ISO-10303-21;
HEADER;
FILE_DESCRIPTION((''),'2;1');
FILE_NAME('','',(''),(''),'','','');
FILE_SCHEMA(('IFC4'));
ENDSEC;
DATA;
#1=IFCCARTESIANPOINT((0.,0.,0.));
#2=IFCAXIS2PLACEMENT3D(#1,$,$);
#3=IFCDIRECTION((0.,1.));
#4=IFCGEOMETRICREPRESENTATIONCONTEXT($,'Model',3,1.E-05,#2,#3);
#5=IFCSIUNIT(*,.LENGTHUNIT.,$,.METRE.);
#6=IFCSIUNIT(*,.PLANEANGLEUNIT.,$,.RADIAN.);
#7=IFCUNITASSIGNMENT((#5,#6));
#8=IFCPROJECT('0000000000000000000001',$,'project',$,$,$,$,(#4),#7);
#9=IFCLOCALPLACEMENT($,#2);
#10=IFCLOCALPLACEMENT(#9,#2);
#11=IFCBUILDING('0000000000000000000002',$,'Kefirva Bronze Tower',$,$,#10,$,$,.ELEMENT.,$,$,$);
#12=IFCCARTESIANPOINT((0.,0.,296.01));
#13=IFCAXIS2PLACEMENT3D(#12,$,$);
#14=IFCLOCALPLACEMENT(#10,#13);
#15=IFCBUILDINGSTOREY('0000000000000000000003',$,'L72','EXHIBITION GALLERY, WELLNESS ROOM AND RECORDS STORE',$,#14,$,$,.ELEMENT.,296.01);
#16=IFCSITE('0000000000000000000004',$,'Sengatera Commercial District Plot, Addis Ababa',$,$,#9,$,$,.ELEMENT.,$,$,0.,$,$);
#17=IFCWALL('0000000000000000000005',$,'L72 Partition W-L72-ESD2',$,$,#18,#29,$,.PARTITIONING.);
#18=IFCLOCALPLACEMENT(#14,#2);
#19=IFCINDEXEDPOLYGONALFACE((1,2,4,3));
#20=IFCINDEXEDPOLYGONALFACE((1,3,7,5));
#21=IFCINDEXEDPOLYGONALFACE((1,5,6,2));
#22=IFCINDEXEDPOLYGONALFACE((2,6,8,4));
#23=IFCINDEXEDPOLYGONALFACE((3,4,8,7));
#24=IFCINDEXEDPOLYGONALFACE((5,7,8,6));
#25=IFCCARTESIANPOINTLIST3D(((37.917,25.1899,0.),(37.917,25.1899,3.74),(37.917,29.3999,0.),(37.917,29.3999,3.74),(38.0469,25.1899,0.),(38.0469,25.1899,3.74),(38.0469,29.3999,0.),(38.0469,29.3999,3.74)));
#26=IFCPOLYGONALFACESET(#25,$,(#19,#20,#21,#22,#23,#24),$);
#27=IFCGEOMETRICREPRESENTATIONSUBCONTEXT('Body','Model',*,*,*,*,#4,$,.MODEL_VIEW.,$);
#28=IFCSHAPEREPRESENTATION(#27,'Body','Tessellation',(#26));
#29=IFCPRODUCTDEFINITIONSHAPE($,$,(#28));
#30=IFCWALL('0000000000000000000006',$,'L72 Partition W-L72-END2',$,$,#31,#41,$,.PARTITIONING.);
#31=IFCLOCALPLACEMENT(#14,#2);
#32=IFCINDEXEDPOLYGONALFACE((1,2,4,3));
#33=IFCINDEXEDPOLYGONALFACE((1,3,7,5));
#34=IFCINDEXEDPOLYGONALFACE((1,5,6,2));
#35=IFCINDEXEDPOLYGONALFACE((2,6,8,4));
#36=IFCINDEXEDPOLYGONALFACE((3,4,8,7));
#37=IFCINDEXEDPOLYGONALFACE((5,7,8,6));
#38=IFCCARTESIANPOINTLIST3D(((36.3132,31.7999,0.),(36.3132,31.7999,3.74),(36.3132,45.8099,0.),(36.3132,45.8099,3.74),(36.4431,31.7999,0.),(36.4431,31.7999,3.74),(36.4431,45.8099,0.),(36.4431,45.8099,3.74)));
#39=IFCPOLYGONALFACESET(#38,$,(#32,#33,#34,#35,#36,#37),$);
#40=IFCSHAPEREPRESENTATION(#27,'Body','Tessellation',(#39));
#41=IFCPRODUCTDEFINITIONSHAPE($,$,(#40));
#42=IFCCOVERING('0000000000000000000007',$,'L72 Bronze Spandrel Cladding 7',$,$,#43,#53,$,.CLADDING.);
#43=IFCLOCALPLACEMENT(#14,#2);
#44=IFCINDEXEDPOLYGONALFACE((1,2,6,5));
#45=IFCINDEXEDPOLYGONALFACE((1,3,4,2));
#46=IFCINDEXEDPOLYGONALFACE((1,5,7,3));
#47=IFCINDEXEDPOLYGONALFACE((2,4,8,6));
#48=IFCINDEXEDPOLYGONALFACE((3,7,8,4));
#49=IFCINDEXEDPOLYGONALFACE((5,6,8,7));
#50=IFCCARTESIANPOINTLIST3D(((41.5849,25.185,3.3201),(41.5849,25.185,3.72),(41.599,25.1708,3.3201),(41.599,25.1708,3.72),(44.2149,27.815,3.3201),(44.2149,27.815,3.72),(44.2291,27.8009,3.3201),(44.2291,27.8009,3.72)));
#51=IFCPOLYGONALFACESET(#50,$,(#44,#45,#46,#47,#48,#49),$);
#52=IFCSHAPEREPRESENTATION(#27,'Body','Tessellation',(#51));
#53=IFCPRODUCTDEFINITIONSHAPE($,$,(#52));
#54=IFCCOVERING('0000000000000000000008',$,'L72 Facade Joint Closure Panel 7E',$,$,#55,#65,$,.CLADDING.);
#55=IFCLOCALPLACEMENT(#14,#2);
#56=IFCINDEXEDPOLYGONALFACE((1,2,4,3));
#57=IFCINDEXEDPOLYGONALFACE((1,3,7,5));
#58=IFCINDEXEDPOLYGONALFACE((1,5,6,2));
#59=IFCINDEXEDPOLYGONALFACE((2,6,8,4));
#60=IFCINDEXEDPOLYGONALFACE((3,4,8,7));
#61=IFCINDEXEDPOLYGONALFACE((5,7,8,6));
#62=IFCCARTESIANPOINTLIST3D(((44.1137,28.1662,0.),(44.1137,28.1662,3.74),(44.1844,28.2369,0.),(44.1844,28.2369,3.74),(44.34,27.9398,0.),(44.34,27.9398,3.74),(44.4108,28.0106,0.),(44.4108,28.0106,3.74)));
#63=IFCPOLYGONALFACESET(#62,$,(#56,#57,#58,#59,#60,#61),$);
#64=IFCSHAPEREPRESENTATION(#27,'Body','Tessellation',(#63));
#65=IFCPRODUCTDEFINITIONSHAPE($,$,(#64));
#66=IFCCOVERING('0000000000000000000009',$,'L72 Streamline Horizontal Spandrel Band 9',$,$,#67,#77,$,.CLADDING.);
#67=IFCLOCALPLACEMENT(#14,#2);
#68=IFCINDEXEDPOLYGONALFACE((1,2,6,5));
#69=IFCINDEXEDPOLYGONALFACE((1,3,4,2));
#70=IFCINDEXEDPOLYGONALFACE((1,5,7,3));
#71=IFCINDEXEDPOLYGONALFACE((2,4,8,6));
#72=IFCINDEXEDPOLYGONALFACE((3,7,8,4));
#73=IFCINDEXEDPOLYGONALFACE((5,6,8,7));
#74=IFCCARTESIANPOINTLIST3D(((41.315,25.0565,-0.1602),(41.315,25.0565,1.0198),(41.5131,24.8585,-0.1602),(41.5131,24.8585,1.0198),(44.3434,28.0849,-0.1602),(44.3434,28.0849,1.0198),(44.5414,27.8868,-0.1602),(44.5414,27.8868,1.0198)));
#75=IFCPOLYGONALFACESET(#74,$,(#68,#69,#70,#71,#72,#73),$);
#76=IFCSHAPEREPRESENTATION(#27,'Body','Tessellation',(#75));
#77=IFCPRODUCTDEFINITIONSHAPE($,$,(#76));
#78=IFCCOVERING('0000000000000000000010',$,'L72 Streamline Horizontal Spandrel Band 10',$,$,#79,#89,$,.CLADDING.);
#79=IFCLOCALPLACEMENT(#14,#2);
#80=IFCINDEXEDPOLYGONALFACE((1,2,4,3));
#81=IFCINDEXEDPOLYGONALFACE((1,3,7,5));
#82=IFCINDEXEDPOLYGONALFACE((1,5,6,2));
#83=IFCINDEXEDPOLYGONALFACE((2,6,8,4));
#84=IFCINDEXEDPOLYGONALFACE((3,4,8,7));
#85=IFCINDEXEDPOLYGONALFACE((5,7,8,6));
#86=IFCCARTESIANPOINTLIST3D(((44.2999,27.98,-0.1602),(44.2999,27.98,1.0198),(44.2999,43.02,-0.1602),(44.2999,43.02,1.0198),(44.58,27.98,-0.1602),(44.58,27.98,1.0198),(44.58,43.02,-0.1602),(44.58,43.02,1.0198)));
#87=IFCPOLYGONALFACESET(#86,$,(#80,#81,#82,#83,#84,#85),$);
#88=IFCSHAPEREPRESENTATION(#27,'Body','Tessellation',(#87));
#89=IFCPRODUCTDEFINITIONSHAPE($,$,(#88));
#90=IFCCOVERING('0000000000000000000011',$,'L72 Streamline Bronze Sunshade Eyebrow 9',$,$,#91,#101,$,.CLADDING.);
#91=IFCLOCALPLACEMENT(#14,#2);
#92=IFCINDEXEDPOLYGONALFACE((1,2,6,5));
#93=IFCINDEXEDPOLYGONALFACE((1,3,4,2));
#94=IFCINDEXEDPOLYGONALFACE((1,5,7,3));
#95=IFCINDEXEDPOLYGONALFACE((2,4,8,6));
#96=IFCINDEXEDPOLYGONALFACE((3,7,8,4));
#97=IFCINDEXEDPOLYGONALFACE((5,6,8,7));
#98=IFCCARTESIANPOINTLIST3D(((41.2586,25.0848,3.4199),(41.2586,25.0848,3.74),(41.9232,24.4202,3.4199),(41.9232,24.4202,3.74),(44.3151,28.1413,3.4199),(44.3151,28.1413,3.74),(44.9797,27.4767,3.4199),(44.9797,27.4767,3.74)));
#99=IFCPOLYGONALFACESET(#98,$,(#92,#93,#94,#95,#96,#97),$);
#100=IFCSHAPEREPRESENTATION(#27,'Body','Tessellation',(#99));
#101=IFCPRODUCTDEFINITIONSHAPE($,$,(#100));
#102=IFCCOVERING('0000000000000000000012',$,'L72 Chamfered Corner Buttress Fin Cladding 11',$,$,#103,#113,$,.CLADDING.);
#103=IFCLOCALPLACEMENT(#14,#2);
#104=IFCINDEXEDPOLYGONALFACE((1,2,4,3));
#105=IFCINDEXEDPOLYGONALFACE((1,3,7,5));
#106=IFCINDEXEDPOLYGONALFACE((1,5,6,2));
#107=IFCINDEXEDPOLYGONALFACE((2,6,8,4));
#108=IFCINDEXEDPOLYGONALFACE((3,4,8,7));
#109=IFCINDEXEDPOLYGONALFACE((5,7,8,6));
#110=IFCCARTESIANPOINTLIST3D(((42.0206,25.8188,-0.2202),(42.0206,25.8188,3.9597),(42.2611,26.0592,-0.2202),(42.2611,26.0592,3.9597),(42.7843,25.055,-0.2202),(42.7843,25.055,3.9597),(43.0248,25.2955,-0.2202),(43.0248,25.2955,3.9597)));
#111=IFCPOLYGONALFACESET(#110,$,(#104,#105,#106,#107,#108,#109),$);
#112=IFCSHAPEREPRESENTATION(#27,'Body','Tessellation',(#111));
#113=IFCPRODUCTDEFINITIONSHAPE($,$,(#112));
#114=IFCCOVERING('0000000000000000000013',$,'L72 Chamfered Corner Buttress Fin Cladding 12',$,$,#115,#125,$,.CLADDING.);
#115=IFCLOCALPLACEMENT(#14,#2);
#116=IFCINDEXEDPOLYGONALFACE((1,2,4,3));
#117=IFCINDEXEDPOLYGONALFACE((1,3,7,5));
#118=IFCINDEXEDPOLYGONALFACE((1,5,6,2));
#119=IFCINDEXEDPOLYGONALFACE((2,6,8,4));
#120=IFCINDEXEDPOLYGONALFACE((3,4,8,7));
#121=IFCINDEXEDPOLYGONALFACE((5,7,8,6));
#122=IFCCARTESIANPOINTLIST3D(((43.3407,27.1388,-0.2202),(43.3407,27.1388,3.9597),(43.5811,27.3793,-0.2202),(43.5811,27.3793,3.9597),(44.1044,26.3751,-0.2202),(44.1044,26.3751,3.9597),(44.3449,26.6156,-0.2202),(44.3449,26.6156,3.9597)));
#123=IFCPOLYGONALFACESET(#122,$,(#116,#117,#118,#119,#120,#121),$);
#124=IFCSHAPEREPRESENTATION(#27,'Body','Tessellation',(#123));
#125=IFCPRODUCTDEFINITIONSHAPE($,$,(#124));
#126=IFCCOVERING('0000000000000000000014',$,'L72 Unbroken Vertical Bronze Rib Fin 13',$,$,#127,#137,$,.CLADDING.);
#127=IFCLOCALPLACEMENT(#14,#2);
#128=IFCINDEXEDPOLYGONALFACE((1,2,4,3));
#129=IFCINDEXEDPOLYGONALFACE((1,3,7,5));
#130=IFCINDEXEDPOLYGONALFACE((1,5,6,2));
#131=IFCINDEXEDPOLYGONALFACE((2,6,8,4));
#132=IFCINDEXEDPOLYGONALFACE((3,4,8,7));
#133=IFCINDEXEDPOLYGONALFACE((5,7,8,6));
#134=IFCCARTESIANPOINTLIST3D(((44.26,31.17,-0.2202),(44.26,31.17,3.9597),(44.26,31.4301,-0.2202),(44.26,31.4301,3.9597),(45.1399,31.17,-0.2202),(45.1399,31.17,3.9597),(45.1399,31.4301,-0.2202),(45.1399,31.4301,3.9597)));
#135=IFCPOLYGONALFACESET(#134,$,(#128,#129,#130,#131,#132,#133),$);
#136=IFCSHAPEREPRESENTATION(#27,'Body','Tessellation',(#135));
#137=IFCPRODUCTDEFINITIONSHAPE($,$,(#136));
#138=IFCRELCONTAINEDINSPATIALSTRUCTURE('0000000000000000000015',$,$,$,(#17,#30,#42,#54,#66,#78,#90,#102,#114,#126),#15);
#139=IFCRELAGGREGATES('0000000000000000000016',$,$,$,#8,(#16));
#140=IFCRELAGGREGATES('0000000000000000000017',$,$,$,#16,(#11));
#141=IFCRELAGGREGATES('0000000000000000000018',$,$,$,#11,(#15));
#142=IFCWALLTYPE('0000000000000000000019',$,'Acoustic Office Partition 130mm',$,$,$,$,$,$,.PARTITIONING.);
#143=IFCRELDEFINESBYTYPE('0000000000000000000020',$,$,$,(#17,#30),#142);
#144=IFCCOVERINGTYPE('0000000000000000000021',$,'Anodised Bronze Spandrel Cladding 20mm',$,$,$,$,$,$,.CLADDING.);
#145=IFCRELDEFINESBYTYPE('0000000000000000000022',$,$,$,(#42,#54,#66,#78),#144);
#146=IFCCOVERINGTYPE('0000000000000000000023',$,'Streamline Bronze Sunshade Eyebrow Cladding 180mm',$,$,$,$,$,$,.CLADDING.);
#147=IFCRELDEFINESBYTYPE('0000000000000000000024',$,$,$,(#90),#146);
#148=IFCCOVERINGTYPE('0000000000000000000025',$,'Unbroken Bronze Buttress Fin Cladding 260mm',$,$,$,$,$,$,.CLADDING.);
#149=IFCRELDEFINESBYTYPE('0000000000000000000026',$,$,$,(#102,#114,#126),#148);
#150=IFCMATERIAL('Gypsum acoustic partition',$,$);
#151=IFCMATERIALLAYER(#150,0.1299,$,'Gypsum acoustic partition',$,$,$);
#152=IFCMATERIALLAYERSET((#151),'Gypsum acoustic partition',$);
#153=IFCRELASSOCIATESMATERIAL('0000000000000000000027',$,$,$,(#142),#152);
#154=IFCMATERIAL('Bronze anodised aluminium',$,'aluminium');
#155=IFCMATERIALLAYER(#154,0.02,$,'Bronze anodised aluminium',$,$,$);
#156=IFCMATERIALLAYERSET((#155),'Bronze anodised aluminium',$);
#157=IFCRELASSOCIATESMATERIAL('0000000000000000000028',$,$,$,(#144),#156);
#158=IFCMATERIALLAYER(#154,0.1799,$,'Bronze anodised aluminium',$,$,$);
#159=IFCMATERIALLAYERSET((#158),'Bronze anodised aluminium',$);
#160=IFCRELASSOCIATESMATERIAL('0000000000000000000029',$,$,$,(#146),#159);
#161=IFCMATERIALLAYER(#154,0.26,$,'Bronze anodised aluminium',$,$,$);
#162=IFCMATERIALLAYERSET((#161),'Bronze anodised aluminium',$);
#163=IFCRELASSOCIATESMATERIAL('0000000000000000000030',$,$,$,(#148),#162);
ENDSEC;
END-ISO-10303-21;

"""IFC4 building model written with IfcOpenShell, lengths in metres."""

from ifc_helpers import new_model, si_unit, direction, frame, frame_2d, origin, origin_2d, place, context, subcontext, project, spatial, rectangle, extrude, material, layer, layer_set, type_object, element, save


model = new_model("IFC4")

# Units and contexts
model_context = context("Model", 3, precision=1e-05, world=origin(), true_north=direction((0.0, 1.0)))
body_context = subcontext(model_context, "Body", "Model", "MODEL_VIEW")
ifc_project = project(units=[si_unit("LENGTHUNIT", "METRE"), si_unit("PLANEANGLEUNIT", "RADIAN")], contexts=[model_context])

# Site, building, storey
site_placement = place(None, origin())
site = spatial("IfcSite", under=ifc_project, at=site_placement, Name="Sengatera Commercial District Plot, Addis Ababa", CompositionType="ELEMENT", RefElevation=0.0)
building_placement = place(site_placement, origin())
building = spatial("IfcBuilding", under=site, at=building_placement, Name="Kefirva Bronze Tower", CompositionType="ELEMENT")
storey_placement = place(building_placement, frame((0.0, 0.0, 296.01)))
storey = spatial("IfcBuildingStorey", under=building, at=storey_placement, Name="L72", Description="EXHIBITION GALLERY, WELLNESS ROOM AND RECORDS STORE", CompositionType="ELEMENT", Elevation=296.01)

# Shared definitions
ifc_material_1 = material(Name="Bronze anodised aluminium", Category="aluminium")

# Walls
ifc_material_2 = material(Name="Gypsum acoustic partition")
ifc_layer_1 = layer(ifc_material_2, 0.1299, Name="Gypsum acoustic partition")
ifc_layer_set_1 = layer_set([ifc_layer_1], Name="Gypsum acoustic partition")
wall_type = type_object("IfcWallType", Name="Acoustic Office Partition 130mm", PredefinedType="PARTITIONING", material=ifc_layer_set_1)
wall_1_placement = place(storey_placement, frame((37.9819, 25.1899, 0.0), z_axis=(0.0, 0.0, 1.0), x_axis=(0.0, 1.0, 0.0)))
element("IfcWall", 1, at=wall_1_placement, inside=storey, type_object=wall_type, Name="L72 Partition W-L72-ESD2", PredefinedType="PARTITIONING", context=body_context, shape_type="SweptSolid", body=[
    extrude(rectangle(XDim=4.21, YDim=0.1299, at=frame_2d((2.105, 0.0))), origin(), (0.0, 0.0, 1.0), 3.74),
])
wall_2_placement = place(storey_placement, frame((36.3782, 31.8, 0.0), z_axis=(0.0, 0.0, 1.0), x_axis=(0.0, 1.0, 0.0)))
element("IfcWall", 2, at=wall_2_placement, inside=storey, type_object=wall_type, Name="L72 Partition W-L72-END2", PredefinedType="PARTITIONING", context=body_context, shape_type="SweptSolid", body=[
    extrude(rectangle(XDim=14.01, YDim=0.1299, at=frame_2d((7.0049, 0.0))), origin(), (0.0, 0.0, 1.0), 3.74),
])

# Coverings
ifc_layer_2 = layer(ifc_material_1, 0.02, Name="Bronze anodised aluminium")
ifc_layer_set_2 = layer_set([ifc_layer_2], Name="Bronze anodised aluminium")
covering_type_1 = type_object("IfcCoveringType", Name="Anodised Bronze Spandrel Cladding 20mm", PredefinedType="CLADDING", material=ifc_layer_set_2)
covering_1_placement = place(storey_placement, frame((42.907, 26.4929, 3.3201), z_axis=(0.0, 0.0, 1.0), x_axis=(0.707107, 0.707107, 0.0)))
element("IfcCovering", 3, at=covering_1_placement, inside=storey, type_object=covering_type_1, Name="L72 Bronze Spandrel Cladding 7", PredefinedType="CLADDING", context=body_context, shape_type="SweptSolid", body=[
    extrude(rectangle(XDim=3.7195, YDim=0.02, at=origin_2d()), origin(), (0.0, 0.0, 1.0), 0.3999),
])
covering_2_placement = place(storey_placement, frame((44.2622, 28.0884, 0.0), z_axis=(0.0, 0.0, 1.0), x_axis=(0.707107, 0.707107, 0.0)))
element("IfcCovering", 4, at=covering_2_placement, inside=storey, type_object=covering_type_1, Name="L72 Facade Joint Closure Panel 7E", PredefinedType="CLADDING", context=body_context, shape_type="SweptSolid", body=[
    extrude(rectangle(XDim=0.1001, YDim=0.3201, at=origin_2d()), origin(), (0.0, 0.0, 1.0), 3.74),
])
covering_3_placement = place(storey_placement, frame((42.9282, 26.4717, -0.1602), z_axis=(0.0, 0.0, 1.0), x_axis=(0.707107, 0.707107, 0.0)))
element("IfcCovering", 5, at=covering_3_placement, inside=storey, type_object=covering_type_1, Name="L72 Streamline Horizontal Spandrel Band 9", PredefinedType="CLADDING", context=body_context, shape_type="SweptSolid", body=[
    extrude(rectangle(XDim=4.2827, YDim=0.28, at=origin_2d()), origin(), (0.0, 0.0, 1.0), 1.1799),
])
covering_4_placement = place(storey_placement, frame((44.4399, 35.5, -0.1602), z_axis=(0.0, 0.0, 1.0), x_axis=(0.0, 1.0, 0.0)))
element("IfcCovering", 6, at=covering_4_placement, inside=storey, type_object=covering_type_1, Name="L72 Streamline Horizontal Spandrel Band 10", PredefinedType="CLADDING", context=body_context, shape_type="SweptSolid", body=[
    extrude(rectangle(XDim=15.04, YDim=0.28, at=origin_2d()), origin(), (0.0, 0.0, 1.0), 1.1799),
])
ifc_layer_3 = layer(ifc_material_1, 0.1799, Name="Bronze anodised aluminium")
ifc_layer_set_3 = layer_set([ifc_layer_3], Name="Bronze anodised aluminium")
covering_type_2 = type_object("IfcCoveringType", Name="Streamline Bronze Sunshade Eyebrow Cladding 180mm", PredefinedType="CLADDING", material=ifc_layer_set_3)
covering_5_placement = place(storey_placement, frame((43.1191, 26.2808, 3.4199), z_axis=(0.0, 0.0, 1.0), x_axis=(0.707107, 0.707107, 0.0)))
element("IfcCovering", 7, at=covering_5_placement, inside=storey, type_object=covering_type_2, Name="L72 Streamline Bronze Sunshade Eyebrow 9", PredefinedType="CLADDING", context=body_context, shape_type="SweptSolid", body=[
    extrude(rectangle(XDim=4.3225, YDim=0.9399, at=origin_2d()), origin(), (0.0, 0.0, 1.0), 0.3201),
])
ifc_layer_4 = layer(ifc_material_1, 0.26, Name="Bronze anodised aluminium")
ifc_layer_set_4 = layer_set([ifc_layer_4], Name="Bronze anodised aluminium")
covering_type_3 = type_object("IfcCoveringType", Name="Unbroken Bronze Buttress Fin Cladding 260mm", PredefinedType="CLADDING", material=ifc_layer_set_4)
for number, where, z_axis, x_axis, name in (
    (8, (42.5227, 25.5571, -0.2202), (0.0, 0.0, 1.0), (0.707107, 0.707107, 0.0), "L72 Chamfered Corner Buttress Fin Cladding 11"),
    (9, (43.8428, 26.8772, -0.2202), (0.0, 0.0, 1.0), (0.707107, 0.707107, 0.0), "L72 Chamfered Corner Buttress Fin Cladding 12"),
):
    element("IfcCovering", number, at=place(storey_placement, frame(where, z_axis=z_axis, x_axis=x_axis)), inside=storey, type_object=covering_type_3, Name=name, PredefinedType="CLADDING", context=body_context, shape_type="SweptSolid", body=[
        extrude(rectangle(XDim=0.3401, YDim=1.0801, at=origin_2d()), origin(), (0.0, 0.0, 1.0), 4.1799),
    ])
covering_6_placement = place(storey_placement, frame((44.7, 31.3, -0.2202), z_axis=(0.0, 0.0, 1.0), x_axis=(0.0, 1.0, 0.0)))
element("IfcCovering", 10, at=covering_6_placement, inside=storey, type_object=covering_type_3, Name="L72 Unbroken Vertical Bronze Rib Fin 13", PredefinedType="CLADDING", context=body_context, shape_type="SweptSolid", body=[
    extrude(rectangle(XDim=0.26, YDim=0.8799, at=origin_2d()), origin(), (0.0, 0.0, 1.0), 4.1799),
])

save(model, "model.ifc")
